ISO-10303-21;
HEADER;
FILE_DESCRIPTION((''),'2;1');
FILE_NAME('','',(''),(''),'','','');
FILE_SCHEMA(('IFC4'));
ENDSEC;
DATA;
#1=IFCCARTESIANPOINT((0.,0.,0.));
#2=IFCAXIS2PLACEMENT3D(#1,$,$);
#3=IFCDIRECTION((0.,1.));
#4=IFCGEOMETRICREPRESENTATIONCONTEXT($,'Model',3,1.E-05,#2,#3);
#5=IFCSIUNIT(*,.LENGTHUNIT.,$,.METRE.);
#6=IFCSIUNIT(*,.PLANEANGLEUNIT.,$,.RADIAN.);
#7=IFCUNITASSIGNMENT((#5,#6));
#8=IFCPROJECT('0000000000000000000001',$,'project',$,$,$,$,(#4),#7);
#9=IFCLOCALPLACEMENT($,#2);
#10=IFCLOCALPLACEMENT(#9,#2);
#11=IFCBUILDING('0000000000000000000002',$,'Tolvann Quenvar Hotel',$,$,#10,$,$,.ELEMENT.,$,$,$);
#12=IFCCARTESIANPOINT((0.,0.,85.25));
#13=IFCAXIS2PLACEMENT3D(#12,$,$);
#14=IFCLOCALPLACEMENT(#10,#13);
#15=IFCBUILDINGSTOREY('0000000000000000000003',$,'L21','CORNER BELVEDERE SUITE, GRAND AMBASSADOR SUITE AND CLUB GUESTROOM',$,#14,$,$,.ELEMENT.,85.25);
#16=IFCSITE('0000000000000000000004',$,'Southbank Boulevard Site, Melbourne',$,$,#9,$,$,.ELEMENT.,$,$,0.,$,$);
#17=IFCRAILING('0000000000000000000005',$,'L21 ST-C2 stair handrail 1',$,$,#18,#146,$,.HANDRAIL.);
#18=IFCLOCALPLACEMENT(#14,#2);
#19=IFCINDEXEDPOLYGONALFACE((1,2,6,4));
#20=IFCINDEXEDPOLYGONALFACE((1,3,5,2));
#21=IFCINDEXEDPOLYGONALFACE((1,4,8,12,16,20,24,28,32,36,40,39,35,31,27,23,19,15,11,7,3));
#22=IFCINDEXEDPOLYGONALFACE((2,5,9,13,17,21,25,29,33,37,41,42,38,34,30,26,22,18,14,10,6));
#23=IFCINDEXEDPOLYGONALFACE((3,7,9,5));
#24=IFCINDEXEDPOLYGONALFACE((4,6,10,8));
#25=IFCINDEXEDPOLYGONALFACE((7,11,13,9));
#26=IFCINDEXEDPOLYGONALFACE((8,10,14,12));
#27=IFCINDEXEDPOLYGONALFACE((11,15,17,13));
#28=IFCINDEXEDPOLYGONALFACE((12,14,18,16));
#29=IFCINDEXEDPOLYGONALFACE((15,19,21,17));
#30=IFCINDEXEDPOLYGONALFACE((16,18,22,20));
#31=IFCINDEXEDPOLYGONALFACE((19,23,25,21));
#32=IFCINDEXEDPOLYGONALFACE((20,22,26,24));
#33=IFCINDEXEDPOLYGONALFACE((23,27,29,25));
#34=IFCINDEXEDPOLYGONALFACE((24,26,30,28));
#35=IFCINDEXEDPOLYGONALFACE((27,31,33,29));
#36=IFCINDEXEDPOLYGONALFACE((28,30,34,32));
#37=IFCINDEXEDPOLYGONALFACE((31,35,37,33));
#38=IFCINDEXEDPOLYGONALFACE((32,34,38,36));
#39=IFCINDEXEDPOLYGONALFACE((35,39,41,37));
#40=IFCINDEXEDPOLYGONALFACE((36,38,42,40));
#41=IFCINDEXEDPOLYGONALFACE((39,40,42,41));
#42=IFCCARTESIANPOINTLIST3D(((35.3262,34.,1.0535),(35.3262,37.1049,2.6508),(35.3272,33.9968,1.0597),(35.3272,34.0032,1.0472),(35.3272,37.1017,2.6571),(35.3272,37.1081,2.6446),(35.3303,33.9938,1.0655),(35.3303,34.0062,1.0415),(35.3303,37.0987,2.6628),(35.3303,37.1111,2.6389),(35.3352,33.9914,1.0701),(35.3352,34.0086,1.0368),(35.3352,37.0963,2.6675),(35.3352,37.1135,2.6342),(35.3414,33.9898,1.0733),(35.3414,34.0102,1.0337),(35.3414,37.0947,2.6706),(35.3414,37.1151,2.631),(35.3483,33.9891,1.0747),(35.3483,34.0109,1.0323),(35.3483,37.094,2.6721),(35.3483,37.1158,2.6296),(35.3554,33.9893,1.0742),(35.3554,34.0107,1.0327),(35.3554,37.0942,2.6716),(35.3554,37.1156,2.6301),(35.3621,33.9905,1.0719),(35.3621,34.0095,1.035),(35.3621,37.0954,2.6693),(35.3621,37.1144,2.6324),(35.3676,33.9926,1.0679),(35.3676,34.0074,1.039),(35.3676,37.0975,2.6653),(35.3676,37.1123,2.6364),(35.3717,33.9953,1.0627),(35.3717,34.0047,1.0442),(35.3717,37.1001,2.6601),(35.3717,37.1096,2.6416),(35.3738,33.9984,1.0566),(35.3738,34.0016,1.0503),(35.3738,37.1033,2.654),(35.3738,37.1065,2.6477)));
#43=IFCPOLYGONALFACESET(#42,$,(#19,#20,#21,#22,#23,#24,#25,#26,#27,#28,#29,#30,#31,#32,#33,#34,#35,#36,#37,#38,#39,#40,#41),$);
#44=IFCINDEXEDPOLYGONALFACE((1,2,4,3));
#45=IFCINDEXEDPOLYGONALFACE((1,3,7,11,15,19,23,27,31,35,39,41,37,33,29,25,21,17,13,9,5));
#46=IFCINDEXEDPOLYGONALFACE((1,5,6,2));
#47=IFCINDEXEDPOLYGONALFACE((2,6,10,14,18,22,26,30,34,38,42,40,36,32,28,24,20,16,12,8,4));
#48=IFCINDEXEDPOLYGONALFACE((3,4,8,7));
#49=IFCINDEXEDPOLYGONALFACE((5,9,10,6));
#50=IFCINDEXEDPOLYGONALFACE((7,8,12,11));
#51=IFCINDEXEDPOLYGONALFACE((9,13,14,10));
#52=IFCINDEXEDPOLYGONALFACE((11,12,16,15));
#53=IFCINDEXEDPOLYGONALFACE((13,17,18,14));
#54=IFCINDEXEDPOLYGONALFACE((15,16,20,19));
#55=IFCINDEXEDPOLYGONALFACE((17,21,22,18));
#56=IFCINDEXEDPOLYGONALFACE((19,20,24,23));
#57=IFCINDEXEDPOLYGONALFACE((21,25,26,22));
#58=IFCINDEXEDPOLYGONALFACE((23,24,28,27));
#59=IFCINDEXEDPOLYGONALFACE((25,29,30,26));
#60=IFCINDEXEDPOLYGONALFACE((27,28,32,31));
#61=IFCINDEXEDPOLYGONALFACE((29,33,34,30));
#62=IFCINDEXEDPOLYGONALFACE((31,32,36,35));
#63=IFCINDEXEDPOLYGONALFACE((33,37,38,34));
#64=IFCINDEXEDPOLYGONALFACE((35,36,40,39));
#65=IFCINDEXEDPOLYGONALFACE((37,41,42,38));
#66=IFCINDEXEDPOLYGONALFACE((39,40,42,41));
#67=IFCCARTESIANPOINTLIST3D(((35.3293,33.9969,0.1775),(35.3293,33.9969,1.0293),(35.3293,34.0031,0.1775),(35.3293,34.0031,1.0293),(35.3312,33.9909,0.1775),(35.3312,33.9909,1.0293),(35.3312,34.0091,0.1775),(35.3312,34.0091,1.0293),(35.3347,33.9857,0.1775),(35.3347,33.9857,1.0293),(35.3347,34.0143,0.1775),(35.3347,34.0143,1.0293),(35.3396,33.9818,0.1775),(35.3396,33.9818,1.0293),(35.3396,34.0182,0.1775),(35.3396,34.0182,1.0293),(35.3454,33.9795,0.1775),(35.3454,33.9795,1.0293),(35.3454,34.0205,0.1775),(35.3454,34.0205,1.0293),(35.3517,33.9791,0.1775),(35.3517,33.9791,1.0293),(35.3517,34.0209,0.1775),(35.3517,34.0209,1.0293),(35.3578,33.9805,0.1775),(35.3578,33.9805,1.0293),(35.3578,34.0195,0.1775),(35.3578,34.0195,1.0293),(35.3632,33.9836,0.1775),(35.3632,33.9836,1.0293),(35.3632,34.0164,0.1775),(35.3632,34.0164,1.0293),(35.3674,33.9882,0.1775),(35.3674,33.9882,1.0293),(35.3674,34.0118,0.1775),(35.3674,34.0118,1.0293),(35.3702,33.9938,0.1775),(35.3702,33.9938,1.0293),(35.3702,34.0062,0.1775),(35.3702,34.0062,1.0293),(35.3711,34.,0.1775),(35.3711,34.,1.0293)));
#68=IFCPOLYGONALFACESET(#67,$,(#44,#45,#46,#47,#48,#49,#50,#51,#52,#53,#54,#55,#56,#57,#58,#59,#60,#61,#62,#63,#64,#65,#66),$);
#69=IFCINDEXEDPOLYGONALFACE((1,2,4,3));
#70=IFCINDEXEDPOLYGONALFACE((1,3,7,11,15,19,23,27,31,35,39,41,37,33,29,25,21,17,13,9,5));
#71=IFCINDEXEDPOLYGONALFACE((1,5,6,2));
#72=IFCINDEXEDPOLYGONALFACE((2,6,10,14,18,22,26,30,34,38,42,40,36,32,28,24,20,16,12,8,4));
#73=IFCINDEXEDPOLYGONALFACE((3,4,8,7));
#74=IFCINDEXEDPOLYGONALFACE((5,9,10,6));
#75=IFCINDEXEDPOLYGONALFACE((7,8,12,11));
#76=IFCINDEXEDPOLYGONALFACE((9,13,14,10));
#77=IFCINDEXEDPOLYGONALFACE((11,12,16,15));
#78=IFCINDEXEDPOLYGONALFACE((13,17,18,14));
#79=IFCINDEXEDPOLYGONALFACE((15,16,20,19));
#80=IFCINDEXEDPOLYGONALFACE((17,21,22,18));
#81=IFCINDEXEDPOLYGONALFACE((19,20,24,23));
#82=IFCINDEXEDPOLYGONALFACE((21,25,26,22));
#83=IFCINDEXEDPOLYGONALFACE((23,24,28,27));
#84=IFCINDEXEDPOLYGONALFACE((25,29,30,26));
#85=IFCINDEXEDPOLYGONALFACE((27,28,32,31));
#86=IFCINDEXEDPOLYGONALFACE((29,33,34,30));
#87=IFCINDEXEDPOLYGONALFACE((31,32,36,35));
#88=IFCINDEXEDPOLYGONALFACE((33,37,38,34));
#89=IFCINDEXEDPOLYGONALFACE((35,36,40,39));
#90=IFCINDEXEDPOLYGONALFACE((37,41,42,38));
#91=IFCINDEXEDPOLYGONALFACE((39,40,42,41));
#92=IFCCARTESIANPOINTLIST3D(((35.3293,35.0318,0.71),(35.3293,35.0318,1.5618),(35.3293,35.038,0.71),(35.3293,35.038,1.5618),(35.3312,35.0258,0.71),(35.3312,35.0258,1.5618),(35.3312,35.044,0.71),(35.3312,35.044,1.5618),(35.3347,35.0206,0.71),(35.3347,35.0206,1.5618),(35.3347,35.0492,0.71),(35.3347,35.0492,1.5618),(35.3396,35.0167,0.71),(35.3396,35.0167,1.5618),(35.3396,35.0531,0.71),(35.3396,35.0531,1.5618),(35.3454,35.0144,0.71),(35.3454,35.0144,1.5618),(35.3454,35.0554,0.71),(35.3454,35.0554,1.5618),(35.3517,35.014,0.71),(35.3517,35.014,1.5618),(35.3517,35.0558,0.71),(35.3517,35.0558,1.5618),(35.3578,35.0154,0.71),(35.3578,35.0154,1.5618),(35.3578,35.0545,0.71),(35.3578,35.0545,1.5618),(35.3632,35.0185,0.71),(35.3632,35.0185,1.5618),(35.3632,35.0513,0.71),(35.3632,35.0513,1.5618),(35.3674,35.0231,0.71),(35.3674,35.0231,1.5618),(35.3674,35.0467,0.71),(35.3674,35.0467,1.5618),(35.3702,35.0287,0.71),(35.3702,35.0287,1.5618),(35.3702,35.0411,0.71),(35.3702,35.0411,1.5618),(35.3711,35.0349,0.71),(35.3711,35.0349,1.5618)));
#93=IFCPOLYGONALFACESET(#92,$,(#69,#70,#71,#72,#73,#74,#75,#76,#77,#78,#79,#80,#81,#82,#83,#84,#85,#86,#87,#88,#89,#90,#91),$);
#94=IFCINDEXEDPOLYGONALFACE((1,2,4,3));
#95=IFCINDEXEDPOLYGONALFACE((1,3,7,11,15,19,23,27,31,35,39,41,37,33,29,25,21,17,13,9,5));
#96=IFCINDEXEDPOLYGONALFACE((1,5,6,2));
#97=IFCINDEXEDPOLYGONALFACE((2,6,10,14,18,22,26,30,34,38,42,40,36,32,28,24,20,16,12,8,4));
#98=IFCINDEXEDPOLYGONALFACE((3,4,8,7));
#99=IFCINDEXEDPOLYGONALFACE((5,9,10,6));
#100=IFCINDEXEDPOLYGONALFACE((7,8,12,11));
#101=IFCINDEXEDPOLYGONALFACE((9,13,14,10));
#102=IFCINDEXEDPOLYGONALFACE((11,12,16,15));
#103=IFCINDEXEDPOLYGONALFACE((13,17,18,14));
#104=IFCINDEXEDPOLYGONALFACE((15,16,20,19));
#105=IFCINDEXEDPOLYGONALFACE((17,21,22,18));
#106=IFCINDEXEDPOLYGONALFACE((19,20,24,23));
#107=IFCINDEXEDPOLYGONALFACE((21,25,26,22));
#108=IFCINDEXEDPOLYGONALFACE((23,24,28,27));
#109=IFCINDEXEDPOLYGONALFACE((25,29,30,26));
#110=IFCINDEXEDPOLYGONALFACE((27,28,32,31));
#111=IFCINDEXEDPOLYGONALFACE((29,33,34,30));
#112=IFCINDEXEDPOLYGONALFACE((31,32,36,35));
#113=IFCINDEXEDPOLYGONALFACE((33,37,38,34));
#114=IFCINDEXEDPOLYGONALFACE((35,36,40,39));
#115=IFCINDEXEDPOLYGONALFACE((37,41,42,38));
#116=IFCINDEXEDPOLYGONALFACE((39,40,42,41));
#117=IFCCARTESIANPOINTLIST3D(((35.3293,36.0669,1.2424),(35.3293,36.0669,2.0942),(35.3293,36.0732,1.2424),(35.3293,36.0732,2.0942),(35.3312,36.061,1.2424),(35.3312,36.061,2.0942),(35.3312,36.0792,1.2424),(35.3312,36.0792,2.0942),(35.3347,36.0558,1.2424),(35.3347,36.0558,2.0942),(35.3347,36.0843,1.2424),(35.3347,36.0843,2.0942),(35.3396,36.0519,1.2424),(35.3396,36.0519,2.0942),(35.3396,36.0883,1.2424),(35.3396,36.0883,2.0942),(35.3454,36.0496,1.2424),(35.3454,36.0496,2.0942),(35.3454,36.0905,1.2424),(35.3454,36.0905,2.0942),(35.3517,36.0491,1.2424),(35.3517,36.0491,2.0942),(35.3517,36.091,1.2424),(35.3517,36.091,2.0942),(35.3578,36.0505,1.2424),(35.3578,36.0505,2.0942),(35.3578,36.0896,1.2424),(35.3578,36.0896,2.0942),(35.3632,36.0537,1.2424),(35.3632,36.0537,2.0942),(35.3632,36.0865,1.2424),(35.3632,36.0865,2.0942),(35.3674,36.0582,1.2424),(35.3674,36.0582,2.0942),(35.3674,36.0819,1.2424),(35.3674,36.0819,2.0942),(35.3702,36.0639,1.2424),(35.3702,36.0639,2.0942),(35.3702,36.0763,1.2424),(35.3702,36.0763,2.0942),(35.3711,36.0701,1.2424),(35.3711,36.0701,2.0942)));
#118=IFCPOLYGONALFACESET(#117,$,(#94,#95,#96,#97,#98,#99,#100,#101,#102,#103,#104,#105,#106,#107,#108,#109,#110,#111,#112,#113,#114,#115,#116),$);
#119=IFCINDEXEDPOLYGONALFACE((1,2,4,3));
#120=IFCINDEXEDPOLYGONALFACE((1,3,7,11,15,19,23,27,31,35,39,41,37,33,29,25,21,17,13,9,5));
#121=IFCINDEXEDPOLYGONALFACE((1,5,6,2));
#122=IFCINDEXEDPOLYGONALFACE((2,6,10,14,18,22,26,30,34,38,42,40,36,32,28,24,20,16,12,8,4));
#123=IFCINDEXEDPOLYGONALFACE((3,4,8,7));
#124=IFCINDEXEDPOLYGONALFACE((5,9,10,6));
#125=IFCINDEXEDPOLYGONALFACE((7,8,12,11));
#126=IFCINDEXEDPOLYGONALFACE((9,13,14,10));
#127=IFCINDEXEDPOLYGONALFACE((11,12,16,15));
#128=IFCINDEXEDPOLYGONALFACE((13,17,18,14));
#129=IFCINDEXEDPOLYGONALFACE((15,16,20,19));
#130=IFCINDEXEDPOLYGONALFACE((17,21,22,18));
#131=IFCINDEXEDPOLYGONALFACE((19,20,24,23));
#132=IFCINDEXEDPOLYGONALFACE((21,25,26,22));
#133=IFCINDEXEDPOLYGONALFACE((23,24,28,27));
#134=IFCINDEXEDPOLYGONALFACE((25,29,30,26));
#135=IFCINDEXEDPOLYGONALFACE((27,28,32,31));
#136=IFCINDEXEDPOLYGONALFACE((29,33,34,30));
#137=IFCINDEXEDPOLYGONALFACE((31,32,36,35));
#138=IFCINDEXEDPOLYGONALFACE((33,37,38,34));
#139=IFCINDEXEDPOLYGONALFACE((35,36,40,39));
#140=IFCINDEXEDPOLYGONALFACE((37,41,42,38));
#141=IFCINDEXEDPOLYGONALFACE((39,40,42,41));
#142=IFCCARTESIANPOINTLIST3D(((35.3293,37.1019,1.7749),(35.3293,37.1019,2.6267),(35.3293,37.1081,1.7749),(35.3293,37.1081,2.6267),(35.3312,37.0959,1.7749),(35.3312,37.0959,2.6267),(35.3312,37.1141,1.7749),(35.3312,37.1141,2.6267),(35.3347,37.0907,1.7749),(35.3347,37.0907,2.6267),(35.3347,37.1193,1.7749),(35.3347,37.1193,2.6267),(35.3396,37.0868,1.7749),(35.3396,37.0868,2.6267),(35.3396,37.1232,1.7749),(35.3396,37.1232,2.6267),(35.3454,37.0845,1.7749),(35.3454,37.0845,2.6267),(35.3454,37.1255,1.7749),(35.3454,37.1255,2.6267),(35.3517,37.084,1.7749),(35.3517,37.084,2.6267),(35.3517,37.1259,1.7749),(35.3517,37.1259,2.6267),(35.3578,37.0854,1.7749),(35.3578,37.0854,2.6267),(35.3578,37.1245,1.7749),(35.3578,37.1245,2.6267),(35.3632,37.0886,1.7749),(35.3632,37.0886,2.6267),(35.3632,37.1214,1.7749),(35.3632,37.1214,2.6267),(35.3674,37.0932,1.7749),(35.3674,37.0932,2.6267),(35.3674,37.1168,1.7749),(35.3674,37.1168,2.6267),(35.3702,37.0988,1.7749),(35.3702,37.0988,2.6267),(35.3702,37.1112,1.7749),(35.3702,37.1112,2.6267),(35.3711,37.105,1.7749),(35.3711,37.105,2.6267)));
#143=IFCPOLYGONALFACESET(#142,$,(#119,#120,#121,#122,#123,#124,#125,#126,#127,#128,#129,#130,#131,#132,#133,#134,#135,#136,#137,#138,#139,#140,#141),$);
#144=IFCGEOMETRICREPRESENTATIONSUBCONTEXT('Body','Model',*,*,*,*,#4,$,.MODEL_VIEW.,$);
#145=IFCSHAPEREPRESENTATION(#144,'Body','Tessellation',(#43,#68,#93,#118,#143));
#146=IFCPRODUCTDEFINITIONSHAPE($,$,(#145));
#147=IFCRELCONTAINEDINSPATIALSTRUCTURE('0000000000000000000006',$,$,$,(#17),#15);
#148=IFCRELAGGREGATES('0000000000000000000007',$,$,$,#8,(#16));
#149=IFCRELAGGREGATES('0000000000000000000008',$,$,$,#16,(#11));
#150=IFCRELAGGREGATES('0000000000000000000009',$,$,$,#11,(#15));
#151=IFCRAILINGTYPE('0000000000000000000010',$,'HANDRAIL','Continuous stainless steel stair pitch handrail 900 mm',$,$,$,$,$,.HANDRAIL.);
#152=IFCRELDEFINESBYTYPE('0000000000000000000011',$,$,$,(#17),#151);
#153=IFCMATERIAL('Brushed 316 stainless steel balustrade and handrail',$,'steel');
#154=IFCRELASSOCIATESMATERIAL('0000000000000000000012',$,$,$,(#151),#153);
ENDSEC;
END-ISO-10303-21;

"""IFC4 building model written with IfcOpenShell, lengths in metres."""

from ifc_helpers import new_model, si_unit, direction, frame, origin, origin_2d, place, context, subcontext, project, spatial, circle, extrude, material, type_object, element, save


model = new_model("IFC4")

# Units and contexts
model_context = context("Model", 3, precision=1e-05, world=origin(), true_north=direction((0.0, 1.0)))
body_context = subcontext(model_context, "Body", "Model", "MODEL_VIEW")
ifc_project = project(units=[si_unit("LENGTHUNIT", "METRE"), si_unit("PLANEANGLEUNIT", "RADIAN")], contexts=[model_context])

# Site, building, storey
site_placement = place(None, origin())
site = spatial("IfcSite", under=ifc_project, at=site_placement, Name="Southbank Boulevard Site, Melbourne", CompositionType="ELEMENT", RefElevation=0.0)
building_placement = place(site_placement, origin())
building = spatial("IfcBuilding", under=site, at=building_placement, Name="Tolvann Quenvar Hotel", CompositionType="ELEMENT")
storey_placement = place(building_placement, frame((0.0, 0.0, 85.25)))
storey = spatial("IfcBuildingStorey", under=building, at=storey_placement, Name="L21", Description="CORNER BELVEDERE SUITE, GRAND AMBASSADOR SUITE AND CLUB GUESTROOM", CompositionType="ELEMENT", Elevation=85.25)

# Railing
ifc_material_1 = material(Name="Brushed 316 stainless steel balustrade and handrail", Category="steel")
railing_type_1 = type_object("IfcRailingType", Name="HANDRAIL", Description="Continuous stainless steel stair pitch handrail 900 mm", PredefinedType="HANDRAIL", material=ifc_material_1)
railing_1_placement = place(storey_placement, frame((35.3501, 34.0, 0.1775)))
element("IfcRailing", 1, at=railing_1_placement, inside=storey, type_object=railing_type_1, Name="L21 ST-C2 stair handrail 1", PredefinedType="HANDRAIL", context=body_context, shape_type="SweptSolid", body=[
    extrude(circle(Radius=0.0239, at=origin_2d()), frame((0.0, 0.0, 0.876), z_axis=(0.0, 0.889222, 0.457476), x_axis=(-1.0, 0.0, 0.0)), (0.0, 0.0, 1.0), 3.4917),
    extrude(circle(Radius=0.021, at=origin_2d()), origin(), (0.0, 0.0, 1.0), 0.8518),
    extrude(circle(Radius=0.021, at=origin_2d()), frame((0.0, 1.0349, 0.5325)), (0.0, 0.0, 1.0), 0.8518),
    extrude(circle(Radius=0.021, at=origin_2d()), frame((0.0, 2.0701, 1.0649)), (0.0, 0.0, 1.0), 0.8518),
    extrude(circle(Radius=0.021, at=origin_2d()), frame((0.0, 3.105, 1.5974)), (0.0, 0.0, 1.0), 0.8518),
])

save(model, "model.ifc")
